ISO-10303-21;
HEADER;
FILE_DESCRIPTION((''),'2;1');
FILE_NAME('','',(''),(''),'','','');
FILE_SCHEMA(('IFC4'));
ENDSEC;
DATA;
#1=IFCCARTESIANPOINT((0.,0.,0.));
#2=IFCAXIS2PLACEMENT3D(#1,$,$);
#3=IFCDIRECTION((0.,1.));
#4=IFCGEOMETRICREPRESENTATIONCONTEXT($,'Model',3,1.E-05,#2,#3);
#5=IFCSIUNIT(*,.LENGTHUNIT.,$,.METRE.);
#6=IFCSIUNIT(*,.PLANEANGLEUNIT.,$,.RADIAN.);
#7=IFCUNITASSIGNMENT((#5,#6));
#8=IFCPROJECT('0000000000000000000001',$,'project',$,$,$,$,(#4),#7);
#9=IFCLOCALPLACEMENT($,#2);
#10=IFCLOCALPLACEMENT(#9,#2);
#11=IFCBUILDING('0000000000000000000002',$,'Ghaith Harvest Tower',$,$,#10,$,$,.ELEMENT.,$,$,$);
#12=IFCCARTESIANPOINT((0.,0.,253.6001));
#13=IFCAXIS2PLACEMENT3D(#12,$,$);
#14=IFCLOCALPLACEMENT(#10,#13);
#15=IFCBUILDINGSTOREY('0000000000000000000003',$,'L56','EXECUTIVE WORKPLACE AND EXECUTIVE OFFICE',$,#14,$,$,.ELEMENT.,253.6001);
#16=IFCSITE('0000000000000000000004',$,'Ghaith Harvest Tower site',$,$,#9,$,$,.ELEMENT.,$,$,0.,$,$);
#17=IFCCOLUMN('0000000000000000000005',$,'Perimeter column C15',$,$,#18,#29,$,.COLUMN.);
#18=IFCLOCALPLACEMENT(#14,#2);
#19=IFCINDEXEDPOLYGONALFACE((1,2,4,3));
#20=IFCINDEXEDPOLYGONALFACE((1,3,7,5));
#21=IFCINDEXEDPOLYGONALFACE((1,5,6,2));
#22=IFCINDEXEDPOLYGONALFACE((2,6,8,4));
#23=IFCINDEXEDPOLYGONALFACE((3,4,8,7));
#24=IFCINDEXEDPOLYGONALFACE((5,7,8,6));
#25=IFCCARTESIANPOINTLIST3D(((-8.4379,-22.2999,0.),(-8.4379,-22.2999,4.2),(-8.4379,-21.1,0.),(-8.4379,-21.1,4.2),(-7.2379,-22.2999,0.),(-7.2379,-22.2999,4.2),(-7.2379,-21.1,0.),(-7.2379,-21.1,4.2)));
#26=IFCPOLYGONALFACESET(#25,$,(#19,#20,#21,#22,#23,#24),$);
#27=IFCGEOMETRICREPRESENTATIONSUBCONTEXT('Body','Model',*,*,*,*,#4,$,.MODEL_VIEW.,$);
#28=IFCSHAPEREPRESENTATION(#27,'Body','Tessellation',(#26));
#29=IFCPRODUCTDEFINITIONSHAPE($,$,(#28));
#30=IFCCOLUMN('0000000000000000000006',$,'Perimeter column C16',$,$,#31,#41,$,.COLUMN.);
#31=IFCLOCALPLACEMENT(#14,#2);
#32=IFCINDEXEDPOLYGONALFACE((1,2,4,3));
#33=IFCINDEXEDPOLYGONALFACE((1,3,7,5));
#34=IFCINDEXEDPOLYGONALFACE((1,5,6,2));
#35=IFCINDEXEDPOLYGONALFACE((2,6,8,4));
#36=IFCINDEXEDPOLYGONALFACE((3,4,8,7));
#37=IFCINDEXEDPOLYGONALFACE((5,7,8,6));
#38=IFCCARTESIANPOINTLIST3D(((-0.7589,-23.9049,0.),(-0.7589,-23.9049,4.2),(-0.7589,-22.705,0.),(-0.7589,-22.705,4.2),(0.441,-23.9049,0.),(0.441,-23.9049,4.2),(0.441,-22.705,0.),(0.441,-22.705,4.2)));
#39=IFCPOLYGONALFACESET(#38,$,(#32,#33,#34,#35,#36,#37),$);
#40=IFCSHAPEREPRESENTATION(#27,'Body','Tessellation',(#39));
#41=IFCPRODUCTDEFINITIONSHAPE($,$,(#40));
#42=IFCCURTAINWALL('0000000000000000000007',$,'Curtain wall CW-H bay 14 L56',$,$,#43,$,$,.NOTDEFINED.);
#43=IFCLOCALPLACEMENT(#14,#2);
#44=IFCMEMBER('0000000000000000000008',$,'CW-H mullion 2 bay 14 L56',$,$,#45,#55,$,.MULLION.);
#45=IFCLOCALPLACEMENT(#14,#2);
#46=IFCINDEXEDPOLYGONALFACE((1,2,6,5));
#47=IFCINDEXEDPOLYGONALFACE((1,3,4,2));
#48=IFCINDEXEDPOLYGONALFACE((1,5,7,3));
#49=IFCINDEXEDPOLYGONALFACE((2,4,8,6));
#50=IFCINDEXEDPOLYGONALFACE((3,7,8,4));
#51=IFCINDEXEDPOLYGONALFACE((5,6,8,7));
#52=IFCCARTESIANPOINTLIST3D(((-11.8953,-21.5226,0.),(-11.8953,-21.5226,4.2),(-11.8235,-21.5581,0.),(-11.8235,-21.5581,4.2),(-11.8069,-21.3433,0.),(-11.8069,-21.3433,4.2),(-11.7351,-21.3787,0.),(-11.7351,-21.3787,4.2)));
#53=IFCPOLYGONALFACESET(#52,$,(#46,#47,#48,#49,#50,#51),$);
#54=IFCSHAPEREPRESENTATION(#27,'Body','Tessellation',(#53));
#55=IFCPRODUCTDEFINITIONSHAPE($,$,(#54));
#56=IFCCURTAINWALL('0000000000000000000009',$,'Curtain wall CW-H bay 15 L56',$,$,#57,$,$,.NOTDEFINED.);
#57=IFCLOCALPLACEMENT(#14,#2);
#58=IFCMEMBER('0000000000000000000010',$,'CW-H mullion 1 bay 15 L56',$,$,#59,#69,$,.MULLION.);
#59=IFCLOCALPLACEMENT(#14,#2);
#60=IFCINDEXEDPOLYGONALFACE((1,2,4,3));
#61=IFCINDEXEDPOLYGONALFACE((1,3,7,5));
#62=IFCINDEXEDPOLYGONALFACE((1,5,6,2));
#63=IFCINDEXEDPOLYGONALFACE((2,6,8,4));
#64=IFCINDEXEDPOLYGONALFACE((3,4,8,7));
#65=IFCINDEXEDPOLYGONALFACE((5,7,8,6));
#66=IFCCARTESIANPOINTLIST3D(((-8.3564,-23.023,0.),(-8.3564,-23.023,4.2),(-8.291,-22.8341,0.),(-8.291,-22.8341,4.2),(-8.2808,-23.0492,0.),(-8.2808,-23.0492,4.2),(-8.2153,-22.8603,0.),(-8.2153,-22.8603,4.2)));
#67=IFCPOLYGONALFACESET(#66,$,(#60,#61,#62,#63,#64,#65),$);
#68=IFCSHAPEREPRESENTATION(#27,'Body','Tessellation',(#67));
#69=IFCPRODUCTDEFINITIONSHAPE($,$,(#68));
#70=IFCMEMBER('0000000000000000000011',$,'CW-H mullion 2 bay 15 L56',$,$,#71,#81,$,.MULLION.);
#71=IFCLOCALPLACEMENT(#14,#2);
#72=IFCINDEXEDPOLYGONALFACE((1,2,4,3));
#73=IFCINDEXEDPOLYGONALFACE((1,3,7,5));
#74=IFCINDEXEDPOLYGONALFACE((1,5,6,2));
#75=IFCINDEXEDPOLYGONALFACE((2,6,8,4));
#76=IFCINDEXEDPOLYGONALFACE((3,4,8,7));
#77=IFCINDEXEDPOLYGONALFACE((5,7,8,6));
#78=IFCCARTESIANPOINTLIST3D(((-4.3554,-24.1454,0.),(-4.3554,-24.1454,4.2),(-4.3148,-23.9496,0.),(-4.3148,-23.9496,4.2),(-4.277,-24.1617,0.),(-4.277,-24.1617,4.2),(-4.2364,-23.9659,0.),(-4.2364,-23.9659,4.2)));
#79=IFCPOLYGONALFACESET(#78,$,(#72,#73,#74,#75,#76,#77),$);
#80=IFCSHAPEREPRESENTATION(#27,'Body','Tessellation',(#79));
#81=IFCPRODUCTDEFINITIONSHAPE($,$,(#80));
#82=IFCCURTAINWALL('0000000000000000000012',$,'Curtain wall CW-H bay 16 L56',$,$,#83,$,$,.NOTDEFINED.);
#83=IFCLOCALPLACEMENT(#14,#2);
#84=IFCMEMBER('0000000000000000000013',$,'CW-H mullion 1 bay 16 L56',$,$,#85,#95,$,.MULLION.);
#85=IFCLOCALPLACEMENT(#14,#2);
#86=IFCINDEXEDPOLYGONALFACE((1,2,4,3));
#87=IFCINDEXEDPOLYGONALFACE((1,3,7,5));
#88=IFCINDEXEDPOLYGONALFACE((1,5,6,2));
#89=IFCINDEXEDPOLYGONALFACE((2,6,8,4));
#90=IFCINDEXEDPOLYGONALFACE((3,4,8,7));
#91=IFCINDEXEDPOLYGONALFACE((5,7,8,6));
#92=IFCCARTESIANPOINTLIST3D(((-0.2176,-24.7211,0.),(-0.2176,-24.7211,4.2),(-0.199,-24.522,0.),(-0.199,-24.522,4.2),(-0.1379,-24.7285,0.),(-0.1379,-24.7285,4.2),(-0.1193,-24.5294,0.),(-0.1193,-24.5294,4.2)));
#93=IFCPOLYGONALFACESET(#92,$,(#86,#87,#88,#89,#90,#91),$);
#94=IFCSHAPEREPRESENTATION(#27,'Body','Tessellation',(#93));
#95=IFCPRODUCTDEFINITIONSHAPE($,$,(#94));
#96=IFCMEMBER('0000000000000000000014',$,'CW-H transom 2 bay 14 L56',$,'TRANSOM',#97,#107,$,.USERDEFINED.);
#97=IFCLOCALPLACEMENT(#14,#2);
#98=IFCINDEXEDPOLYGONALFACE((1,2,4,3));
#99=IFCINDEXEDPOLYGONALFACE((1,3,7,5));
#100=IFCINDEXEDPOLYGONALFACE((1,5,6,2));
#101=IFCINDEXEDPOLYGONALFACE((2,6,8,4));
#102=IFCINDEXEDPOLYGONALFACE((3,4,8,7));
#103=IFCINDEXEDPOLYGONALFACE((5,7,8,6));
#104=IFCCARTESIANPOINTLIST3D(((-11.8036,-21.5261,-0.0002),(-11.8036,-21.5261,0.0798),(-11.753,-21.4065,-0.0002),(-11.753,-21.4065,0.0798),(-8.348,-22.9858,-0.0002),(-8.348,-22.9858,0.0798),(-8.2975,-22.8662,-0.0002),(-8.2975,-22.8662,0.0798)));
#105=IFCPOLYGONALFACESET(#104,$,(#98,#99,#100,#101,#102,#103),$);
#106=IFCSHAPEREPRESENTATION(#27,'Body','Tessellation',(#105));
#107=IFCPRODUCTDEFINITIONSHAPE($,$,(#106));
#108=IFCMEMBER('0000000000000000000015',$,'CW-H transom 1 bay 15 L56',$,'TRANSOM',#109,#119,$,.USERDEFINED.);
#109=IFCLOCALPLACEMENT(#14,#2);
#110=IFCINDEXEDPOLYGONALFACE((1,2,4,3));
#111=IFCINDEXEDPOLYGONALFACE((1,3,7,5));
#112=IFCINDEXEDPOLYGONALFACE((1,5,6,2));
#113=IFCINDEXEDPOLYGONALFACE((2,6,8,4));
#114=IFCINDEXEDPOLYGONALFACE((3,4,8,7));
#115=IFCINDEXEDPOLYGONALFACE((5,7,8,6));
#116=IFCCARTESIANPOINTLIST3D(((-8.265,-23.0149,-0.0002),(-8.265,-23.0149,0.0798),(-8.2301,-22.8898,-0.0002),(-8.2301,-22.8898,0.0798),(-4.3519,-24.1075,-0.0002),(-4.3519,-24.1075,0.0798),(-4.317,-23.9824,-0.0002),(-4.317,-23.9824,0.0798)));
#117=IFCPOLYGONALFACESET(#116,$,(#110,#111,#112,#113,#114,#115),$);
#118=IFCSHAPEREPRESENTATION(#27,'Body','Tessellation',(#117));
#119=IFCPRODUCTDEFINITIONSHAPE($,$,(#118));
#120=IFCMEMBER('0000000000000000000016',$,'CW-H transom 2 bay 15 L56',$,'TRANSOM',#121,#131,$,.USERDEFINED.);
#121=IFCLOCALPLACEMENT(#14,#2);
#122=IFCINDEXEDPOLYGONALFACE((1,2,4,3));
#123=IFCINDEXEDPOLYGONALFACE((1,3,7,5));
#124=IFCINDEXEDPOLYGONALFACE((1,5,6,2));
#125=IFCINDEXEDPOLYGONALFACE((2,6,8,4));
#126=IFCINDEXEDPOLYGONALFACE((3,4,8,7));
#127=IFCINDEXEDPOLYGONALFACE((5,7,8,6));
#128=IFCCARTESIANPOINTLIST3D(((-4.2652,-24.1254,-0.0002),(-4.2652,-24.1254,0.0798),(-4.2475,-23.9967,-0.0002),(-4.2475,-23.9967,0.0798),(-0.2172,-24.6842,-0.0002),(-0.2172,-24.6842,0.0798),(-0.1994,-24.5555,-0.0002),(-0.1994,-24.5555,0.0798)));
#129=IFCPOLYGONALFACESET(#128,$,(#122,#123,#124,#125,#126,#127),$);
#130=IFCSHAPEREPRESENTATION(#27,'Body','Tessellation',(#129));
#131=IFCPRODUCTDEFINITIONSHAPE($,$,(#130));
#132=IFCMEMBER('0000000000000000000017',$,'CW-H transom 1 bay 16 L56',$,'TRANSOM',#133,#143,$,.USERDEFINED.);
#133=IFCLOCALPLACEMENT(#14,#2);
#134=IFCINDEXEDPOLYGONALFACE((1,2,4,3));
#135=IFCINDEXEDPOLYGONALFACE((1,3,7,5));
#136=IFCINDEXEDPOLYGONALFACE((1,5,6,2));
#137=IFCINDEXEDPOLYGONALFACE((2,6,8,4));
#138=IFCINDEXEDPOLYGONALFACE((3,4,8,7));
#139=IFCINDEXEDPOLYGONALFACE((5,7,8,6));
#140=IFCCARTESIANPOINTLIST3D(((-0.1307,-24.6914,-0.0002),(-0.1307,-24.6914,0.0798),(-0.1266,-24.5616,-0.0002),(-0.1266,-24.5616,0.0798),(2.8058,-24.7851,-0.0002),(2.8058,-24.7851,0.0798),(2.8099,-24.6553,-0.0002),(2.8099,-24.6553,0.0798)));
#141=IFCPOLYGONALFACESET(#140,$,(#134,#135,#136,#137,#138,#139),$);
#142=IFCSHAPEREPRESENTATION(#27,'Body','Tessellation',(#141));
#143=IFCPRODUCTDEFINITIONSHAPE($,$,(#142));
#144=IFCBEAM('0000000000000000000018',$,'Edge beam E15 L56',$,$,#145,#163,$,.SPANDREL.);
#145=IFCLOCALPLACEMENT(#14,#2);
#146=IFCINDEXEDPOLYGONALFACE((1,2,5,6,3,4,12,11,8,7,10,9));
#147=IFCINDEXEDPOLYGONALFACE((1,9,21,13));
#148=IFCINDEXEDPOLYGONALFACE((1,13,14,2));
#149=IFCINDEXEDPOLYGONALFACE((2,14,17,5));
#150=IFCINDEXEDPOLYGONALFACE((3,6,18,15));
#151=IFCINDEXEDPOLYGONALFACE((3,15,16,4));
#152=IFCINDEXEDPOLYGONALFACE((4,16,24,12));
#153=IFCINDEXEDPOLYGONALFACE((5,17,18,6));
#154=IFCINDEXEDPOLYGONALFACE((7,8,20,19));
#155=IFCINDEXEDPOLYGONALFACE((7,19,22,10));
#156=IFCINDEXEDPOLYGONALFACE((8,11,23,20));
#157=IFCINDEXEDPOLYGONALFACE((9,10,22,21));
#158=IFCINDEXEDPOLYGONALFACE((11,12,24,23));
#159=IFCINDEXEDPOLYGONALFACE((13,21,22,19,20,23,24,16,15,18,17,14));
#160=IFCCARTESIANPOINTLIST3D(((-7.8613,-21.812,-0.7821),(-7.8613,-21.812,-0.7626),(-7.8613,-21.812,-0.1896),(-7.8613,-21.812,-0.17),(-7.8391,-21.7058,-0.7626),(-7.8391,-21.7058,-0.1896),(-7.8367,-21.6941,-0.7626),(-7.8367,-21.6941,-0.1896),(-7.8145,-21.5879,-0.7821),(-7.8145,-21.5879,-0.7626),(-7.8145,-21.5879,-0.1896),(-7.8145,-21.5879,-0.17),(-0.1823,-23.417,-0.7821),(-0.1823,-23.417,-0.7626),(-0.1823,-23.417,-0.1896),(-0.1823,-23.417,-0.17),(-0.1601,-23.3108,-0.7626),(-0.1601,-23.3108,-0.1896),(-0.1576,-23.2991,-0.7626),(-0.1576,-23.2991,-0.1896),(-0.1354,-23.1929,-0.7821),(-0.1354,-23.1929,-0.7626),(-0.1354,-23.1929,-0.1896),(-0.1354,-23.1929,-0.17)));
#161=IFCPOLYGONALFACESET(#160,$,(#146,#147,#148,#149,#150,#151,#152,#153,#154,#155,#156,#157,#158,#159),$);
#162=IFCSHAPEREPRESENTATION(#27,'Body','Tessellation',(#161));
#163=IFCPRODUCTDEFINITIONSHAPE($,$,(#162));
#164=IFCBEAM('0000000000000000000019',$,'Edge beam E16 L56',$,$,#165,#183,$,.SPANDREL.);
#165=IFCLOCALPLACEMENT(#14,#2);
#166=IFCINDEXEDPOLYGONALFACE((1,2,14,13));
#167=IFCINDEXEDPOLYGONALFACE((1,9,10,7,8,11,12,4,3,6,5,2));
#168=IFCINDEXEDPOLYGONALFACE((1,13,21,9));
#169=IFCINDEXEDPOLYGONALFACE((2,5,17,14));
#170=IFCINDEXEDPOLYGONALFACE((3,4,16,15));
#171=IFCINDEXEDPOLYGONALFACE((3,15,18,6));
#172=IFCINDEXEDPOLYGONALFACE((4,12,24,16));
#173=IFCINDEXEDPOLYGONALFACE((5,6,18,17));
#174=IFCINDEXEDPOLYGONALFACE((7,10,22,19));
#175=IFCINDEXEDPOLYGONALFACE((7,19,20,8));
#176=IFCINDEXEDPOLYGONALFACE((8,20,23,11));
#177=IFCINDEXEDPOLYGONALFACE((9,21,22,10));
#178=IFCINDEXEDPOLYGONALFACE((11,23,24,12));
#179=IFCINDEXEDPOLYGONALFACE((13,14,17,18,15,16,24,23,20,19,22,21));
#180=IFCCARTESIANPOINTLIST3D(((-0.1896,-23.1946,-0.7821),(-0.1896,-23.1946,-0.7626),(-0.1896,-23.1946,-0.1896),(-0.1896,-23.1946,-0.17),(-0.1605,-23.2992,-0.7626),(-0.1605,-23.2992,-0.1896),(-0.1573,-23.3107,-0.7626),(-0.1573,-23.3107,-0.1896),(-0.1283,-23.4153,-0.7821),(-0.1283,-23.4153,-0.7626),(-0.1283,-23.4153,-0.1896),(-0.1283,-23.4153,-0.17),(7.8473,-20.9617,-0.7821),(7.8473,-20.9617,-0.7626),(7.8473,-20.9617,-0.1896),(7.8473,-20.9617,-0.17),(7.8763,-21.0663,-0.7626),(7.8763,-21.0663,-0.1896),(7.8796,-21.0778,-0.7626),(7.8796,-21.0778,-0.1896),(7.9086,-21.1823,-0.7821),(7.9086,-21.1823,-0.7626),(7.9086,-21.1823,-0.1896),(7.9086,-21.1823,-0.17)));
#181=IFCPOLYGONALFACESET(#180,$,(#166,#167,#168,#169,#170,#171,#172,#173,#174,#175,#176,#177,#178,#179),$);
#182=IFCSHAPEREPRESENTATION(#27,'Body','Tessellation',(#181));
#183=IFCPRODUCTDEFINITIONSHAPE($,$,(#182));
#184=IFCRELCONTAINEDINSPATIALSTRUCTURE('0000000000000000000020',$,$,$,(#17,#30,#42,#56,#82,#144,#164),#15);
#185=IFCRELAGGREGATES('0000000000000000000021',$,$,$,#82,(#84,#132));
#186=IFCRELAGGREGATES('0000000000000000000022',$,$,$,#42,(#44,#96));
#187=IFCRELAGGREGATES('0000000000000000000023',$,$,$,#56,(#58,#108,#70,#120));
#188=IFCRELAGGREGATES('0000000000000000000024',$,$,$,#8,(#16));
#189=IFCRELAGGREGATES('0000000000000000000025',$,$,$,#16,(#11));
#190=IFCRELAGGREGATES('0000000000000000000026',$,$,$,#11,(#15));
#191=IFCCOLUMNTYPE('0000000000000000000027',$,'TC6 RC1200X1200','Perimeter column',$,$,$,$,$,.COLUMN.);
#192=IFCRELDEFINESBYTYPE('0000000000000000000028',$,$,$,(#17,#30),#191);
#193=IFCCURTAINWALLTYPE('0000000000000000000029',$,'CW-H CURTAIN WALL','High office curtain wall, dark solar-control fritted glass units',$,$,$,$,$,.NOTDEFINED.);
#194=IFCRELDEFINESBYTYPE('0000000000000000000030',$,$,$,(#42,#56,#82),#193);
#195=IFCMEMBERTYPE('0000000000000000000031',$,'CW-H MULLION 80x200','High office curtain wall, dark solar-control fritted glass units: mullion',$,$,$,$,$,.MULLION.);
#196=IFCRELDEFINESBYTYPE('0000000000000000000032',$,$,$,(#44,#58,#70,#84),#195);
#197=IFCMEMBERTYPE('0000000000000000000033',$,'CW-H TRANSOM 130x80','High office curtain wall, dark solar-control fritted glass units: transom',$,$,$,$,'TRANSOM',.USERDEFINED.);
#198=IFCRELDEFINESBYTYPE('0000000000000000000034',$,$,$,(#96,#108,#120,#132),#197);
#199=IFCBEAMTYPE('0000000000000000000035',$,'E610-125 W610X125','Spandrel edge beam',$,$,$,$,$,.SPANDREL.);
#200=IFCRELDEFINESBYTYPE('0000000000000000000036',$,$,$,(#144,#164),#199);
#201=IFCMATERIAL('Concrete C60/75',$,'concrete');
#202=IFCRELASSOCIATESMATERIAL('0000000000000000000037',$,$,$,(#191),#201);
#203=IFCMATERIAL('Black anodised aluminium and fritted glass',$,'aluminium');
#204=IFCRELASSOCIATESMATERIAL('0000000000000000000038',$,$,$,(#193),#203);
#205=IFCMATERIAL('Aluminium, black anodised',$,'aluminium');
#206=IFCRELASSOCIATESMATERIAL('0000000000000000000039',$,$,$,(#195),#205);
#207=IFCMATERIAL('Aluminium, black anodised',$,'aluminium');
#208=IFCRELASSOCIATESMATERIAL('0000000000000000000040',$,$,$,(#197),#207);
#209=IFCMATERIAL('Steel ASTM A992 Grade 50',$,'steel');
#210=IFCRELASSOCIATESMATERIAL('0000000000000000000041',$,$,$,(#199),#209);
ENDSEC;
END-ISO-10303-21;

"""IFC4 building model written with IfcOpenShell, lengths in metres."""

from ifc_helpers import new_model, si_unit, direction, frame, origin, origin_2d, place, context, subcontext, project, spatial, rectangle, i_section, extrude, material, material_profile, profile_set, type_object, element, aggregate, save


model = new_model("IFC4")

# Units and contexts
model_context = context("Model", 3, precision=1e-05, world=origin(), true_north=direction((0.0, 1.0)))
body_context = subcontext(model_context, "Body", "Model", "MODEL_VIEW")
ifc_project = project(units=[si_unit("LENGTHUNIT", "METRE"), si_unit("PLANEANGLEUNIT", "RADIAN")], contexts=[model_context])

# Site, building, storey
site_placement = place(None, origin())
site = spatial("IfcSite", under=ifc_project, at=site_placement, Name="Ghaith Harvest Tower site", CompositionType="ELEMENT", RefElevation=0.0)
building_placement = place(site_placement, origin())
building = spatial("IfcBuilding", under=site, at=building_placement, Name="Ghaith Harvest Tower", CompositionType="ELEMENT")
storey_placement = place(building_placement, frame((0.0, 0.0, 253.6001)))
storey = spatial("IfcBuildingStorey", under=building, at=storey_placement, Name="L56", Description="EXECUTIVE WORKPLACE AND EXECUTIVE OFFICE", CompositionType="ELEMENT", Elevation=253.6001)

# Columns
ifc_material_1 = material(Name="Concrete C60/75", Category="concrete")
ifc_material_profile_1 = material_profile(ifc_material_1, rectangle(XDim=1.2, YDim=1.2, at=origin_2d()), Name="RC1200X1200")
ifc_profile_set_1 = profile_set([ifc_material_profile_1], Name="Concrete C60/75")
column_type = type_object("IfcColumnType", Name="TC6 RC1200X1200", Description="Perimeter column", PredefinedType="COLUMN", material=ifc_profile_set_1)
for number, where, z_axis, x_axis, name in (
    (1, (-7.8379, -21.7, 0.0), (0.0, 0.0, 1.0), (1.0, 0.0, 0.0), "Perimeter column C15"),
    (2, (-0.1589, -23.3049, 0.0), (0.0, 0.0, 1.0), (1.0, 0.0, 0.0), "Perimeter column C16"),
):
    element("IfcColumn", number, at=place(storey_placement, frame(where, z_axis=z_axis, x_axis=x_axis)), inside=storey, type_object=column_type, Name=name, PredefinedType="COLUMN", context=body_context, shape_type="SweptSolid", body=[
        extrude(rectangle(XDim=1.2, YDim=1.2, at=origin_2d()), origin(), (0.0, 0.0, 1.0), 4.2),
    ])

# Curtain wall, member
ifc_material_2 = material(Name="Black anodised aluminium and fritted glass", Category="aluminium")
curtain_wall_type = type_object("IfcCurtainWallType", Name="CW-H CURTAIN WALL", Description="High office curtain wall, dark solar-control fritted glass units", PredefinedType="NOTDEFINED", material=ifc_material_2)
curtain_wall_1_placement = place(storey_placement, origin())
curtain_wall_1 = element("IfcCurtainWall", 3, at=curtain_wall_1_placement, inside=storey, type_object=curtain_wall_type, Name="Curtain wall CW-H bay 14 L56", PredefinedType="NOTDEFINED")
ifc_material_3 = material(Name="Aluminium, black anodised", Category="aluminium")
ifc_material_profile_2 = material_profile(ifc_material_3, rectangle(XDim=0.0801, YDim=0.2, at=origin_2d()), Name="CW-H MULLION 80x200")
ifc_profile_set_2 = profile_set([ifc_material_profile_2], Name="Aluminium, black anodised")
member_type_1 = type_object("IfcMemberType", Name="CW-H MULLION 80x200", Description="High office curtain wall, dark solar-control fritted glass units: mullion", PredefinedType="MULLION", material=ifc_profile_set_2)
member_1_placement = place(storey_placement, frame((-11.8152, -21.4507, 0.0), z_axis=(0.0, 0.0, 1.0), x_axis=(0.896853, -0.442329, 0.0)))
member_1 = element("IfcMember", 4, at=member_1_placement, type_object=member_type_1, Name="CW-H mullion 2 bay 14 L56", PredefinedType="MULLION", context=body_context, shape_type="SweptSolid", body=[
    extrude(rectangle(XDim=0.0801, YDim=0.2, at=origin_2d()), origin(), (0.0, 0.0, 1.0), 4.2),
])

# Curtain wall, members
curtain_wall_2_placement = place(storey_placement, origin())
curtain_wall_2 = element("IfcCurtainWall", 5, at=curtain_wall_2_placement, inside=storey, type_object=curtain_wall_type, Name="Curtain wall CW-H bay 15 L56", PredefinedType="NOTDEFINED")
member_2_placement = place(storey_placement, frame((-8.2859, -22.9417, 0.0), z_axis=(0.0, 0.0, 1.0), x_axis=(0.944906, -0.327342, 0.0)))
member_2 = element("IfcMember", 6, at=member_2_placement, type_object=member_type_1, Name="CW-H mullion 1 bay 15 L56", PredefinedType="MULLION", context=body_context, shape_type="SweptSolid", body=[
    extrude(rectangle(XDim=0.0801, YDim=0.2, at=origin_2d()), origin(), (0.0, 0.0, 1.0), 4.2),
])
member_3_placement = place(storey_placement, frame((-4.2959, -24.0557, 0.0), z_axis=(0.0, 0.0, 1.0), x_axis=(0.979161, -0.203084, 0.0)))
member_3 = element("IfcMember", 7, at=member_3_placement, type_object=member_type_1, Name="CW-H mullion 2 bay 15 L56", PredefinedType="MULLION", context=body_context, shape_type="SweptSolid", body=[
    extrude(rectangle(XDim=0.0801, YDim=0.2, at=origin_2d()), origin(), (0.0, 0.0, 1.0), 4.2),
])

# Curtain wall, member
curtain_wall_3_placement = place(storey_placement, origin())
curtain_wall_3 = element("IfcCurtainWall", 8, at=curtain_wall_3_placement, inside=storey, type_object=curtain_wall_type, Name="Curtain wall CW-H bay 16 L56", PredefinedType="NOTDEFINED")
member_4_placement = place(storey_placement, frame((-0.1685, -24.6252, 0.0), z_axis=(0.0, 0.0, 1.0), x_axis=(0.995685, -0.092802, 0.0)))
member_4 = element("IfcMember", 9, at=member_4_placement, type_object=member_type_1, Name="CW-H mullion 1 bay 16 L56", PredefinedType="MULLION", context=body_context, shape_type="SweptSolid", body=[
    extrude(rectangle(XDim=0.0801, YDim=0.2, at=origin_2d()), origin(), (0.0, 0.0, 1.0), 4.2),
])

# Members
ifc_material_4 = material(Name="Aluminium, black anodised", Category="aluminium")
ifc_material_profile_3 = material_profile(ifc_material_4, rectangle(XDim=0.1299, YDim=0.0801, at=origin_2d()), Name="CW-H TRANSOM 130x80")
ifc_profile_set_3 = profile_set([ifc_material_profile_3], Name="Aluminium, black anodised")
member_type_2 = type_object("IfcMemberType", Name="CW-H TRANSOM 130x80", Description="High office curtain wall, dark solar-control fritted glass units: transom", ElementType="TRANSOM", PredefinedType="USERDEFINED", material=ifc_profile_set_3)
member_5_placement = place(storey_placement, frame((-11.7783, -21.4663, 0.0398), z_axis=(0.921183, -0.38913, 0.0), x_axis=(0.38913, 0.921183, 0.0)))
member_5 = element("IfcMember", 10, at=member_5_placement, type_object=member_type_2, Name="CW-H transom 2 bay 14 L56", ObjectType="TRANSOM", PredefinedType="USERDEFINED", context=body_context, shape_type="SweptSolid", body=[
    extrude(rectangle(XDim=0.1299, YDim=0.0801, at=origin_2d()), origin(), (0.0, 0.0, 1.0), 3.7512),
])
member_6_placement = place(storey_placement, frame((-8.2476, -22.9524, 0.0398), z_axis=(0.963164, -0.268914, 0.0), x_axis=(0.268914, 0.963164, 0.0)))
member_6 = element("IfcMember", 11, at=member_6_placement, type_object=member_type_2, Name="CW-H transom 1 bay 15 L56", ObjectType="TRANSOM", PredefinedType="USERDEFINED", context=body_context, shape_type="SweptSolid", body=[
    extrude(rectangle(XDim=0.1299, YDim=0.0801, at=origin_2d()), origin(), (0.0, 0.0, 1.0), 4.0627),
])
member_7_placement = place(storey_placement, frame((-4.2563, -24.061, 0.0398), z_axis=(0.990605, -0.136753, 0.0), x_axis=(0.136753, 0.990605, 0.0)))
member_7 = element("IfcMember", 12, at=member_7_placement, type_object=member_type_2, Name="CW-H transom 2 bay 15 L56", ObjectType="TRANSOM", PredefinedType="USERDEFINED", context=body_context, shape_type="SweptSolid", body=[
    extrude(rectangle(XDim=0.1299, YDim=0.0801, at=origin_2d()), origin(), (0.0, 0.0, 1.0), 4.0864),
])
member_8_placement = place(storey_placement, frame((-0.1287, -24.6265, 0.0398), z_axis=(0.999491, -0.031909, 0.0), x_axis=(0.031909, 0.999491, 0.0)))
member_8 = element("IfcMember", 13, at=member_8_placement, type_object=member_type_2, Name="CW-H transom 1 bay 16 L56", ObjectType="TRANSOM", PredefinedType="USERDEFINED", context=body_context, shape_type="SweptSolid", body=[
    extrude(rectangle(XDim=0.1299, YDim=0.0801, at=origin_2d()), origin(), (0.0, 0.0, 1.0), 2.938),
])
aggregate(curtain_wall_3, [member_4, member_8])

# Beams
ifc_material_5 = material(Name="Steel ASTM A992 Grade 50", Category="steel")
ifc_material_profile_4 = material_profile(ifc_material_5, i_section(OverallWidth=0.229, OverallDepth=0.6121, WebThickness=0.012, FlangeThickness=0.0195, at=origin_2d()), Name="W610X125")
ifc_profile_set_4 = profile_set([ifc_material_profile_4], Name="Steel ASTM A992 Grade 50")
beam_type_1 = type_object("IfcBeamType", Name="E610-125 W610X125", Description="Spandrel edge beam", PredefinedType="SPANDREL", material=ifc_profile_set_4)
beam_1_placement = place(storey_placement, frame((-7.8379, -21.7, -0.4761), z_axis=(0.978848, -0.204589, 0.0), x_axis=(0.204589, 0.978848, 0.0)))
element("IfcBeam", 14, at=beam_1_placement, inside=storey, type_object=beam_type_1, Name="Edge beam E15 L56", PredefinedType="SPANDREL", context=body_context, shape_type="SweptSolid", body=[
    extrude(i_section(OverallWidth=0.229, OverallDepth=0.6121, WebThickness=0.012, FlangeThickness=0.0195, at=origin_2d()), origin(), (0.0, 0.0, 1.0), 7.845),
])
beam_2_placement = place(storey_placement, frame((-0.1589, -23.3049, -0.4761), z_axis=(0.963504, 0.267694, 0.0), x_axis=(-0.267694, 0.963504, 0.0)))
element("IfcBeam", 15, at=beam_2_placement, inside=storey, type_object=beam_type_1, Name="Edge beam E16 L56", PredefinedType="SPANDREL", context=body_context, shape_type="SweptSolid", body=[
    extrude(i_section(OverallWidth=0.229, OverallDepth=0.6121, WebThickness=0.012, FlangeThickness=0.0195, at=origin_2d()), origin(), (0.0, 0.0, 1.0), 8.3413),
])

aggregate(curtain_wall_1, [member_1, member_5])
aggregate(curtain_wall_2, [member_2, member_6, member_3, member_7])

save(model, "model.ifc")
